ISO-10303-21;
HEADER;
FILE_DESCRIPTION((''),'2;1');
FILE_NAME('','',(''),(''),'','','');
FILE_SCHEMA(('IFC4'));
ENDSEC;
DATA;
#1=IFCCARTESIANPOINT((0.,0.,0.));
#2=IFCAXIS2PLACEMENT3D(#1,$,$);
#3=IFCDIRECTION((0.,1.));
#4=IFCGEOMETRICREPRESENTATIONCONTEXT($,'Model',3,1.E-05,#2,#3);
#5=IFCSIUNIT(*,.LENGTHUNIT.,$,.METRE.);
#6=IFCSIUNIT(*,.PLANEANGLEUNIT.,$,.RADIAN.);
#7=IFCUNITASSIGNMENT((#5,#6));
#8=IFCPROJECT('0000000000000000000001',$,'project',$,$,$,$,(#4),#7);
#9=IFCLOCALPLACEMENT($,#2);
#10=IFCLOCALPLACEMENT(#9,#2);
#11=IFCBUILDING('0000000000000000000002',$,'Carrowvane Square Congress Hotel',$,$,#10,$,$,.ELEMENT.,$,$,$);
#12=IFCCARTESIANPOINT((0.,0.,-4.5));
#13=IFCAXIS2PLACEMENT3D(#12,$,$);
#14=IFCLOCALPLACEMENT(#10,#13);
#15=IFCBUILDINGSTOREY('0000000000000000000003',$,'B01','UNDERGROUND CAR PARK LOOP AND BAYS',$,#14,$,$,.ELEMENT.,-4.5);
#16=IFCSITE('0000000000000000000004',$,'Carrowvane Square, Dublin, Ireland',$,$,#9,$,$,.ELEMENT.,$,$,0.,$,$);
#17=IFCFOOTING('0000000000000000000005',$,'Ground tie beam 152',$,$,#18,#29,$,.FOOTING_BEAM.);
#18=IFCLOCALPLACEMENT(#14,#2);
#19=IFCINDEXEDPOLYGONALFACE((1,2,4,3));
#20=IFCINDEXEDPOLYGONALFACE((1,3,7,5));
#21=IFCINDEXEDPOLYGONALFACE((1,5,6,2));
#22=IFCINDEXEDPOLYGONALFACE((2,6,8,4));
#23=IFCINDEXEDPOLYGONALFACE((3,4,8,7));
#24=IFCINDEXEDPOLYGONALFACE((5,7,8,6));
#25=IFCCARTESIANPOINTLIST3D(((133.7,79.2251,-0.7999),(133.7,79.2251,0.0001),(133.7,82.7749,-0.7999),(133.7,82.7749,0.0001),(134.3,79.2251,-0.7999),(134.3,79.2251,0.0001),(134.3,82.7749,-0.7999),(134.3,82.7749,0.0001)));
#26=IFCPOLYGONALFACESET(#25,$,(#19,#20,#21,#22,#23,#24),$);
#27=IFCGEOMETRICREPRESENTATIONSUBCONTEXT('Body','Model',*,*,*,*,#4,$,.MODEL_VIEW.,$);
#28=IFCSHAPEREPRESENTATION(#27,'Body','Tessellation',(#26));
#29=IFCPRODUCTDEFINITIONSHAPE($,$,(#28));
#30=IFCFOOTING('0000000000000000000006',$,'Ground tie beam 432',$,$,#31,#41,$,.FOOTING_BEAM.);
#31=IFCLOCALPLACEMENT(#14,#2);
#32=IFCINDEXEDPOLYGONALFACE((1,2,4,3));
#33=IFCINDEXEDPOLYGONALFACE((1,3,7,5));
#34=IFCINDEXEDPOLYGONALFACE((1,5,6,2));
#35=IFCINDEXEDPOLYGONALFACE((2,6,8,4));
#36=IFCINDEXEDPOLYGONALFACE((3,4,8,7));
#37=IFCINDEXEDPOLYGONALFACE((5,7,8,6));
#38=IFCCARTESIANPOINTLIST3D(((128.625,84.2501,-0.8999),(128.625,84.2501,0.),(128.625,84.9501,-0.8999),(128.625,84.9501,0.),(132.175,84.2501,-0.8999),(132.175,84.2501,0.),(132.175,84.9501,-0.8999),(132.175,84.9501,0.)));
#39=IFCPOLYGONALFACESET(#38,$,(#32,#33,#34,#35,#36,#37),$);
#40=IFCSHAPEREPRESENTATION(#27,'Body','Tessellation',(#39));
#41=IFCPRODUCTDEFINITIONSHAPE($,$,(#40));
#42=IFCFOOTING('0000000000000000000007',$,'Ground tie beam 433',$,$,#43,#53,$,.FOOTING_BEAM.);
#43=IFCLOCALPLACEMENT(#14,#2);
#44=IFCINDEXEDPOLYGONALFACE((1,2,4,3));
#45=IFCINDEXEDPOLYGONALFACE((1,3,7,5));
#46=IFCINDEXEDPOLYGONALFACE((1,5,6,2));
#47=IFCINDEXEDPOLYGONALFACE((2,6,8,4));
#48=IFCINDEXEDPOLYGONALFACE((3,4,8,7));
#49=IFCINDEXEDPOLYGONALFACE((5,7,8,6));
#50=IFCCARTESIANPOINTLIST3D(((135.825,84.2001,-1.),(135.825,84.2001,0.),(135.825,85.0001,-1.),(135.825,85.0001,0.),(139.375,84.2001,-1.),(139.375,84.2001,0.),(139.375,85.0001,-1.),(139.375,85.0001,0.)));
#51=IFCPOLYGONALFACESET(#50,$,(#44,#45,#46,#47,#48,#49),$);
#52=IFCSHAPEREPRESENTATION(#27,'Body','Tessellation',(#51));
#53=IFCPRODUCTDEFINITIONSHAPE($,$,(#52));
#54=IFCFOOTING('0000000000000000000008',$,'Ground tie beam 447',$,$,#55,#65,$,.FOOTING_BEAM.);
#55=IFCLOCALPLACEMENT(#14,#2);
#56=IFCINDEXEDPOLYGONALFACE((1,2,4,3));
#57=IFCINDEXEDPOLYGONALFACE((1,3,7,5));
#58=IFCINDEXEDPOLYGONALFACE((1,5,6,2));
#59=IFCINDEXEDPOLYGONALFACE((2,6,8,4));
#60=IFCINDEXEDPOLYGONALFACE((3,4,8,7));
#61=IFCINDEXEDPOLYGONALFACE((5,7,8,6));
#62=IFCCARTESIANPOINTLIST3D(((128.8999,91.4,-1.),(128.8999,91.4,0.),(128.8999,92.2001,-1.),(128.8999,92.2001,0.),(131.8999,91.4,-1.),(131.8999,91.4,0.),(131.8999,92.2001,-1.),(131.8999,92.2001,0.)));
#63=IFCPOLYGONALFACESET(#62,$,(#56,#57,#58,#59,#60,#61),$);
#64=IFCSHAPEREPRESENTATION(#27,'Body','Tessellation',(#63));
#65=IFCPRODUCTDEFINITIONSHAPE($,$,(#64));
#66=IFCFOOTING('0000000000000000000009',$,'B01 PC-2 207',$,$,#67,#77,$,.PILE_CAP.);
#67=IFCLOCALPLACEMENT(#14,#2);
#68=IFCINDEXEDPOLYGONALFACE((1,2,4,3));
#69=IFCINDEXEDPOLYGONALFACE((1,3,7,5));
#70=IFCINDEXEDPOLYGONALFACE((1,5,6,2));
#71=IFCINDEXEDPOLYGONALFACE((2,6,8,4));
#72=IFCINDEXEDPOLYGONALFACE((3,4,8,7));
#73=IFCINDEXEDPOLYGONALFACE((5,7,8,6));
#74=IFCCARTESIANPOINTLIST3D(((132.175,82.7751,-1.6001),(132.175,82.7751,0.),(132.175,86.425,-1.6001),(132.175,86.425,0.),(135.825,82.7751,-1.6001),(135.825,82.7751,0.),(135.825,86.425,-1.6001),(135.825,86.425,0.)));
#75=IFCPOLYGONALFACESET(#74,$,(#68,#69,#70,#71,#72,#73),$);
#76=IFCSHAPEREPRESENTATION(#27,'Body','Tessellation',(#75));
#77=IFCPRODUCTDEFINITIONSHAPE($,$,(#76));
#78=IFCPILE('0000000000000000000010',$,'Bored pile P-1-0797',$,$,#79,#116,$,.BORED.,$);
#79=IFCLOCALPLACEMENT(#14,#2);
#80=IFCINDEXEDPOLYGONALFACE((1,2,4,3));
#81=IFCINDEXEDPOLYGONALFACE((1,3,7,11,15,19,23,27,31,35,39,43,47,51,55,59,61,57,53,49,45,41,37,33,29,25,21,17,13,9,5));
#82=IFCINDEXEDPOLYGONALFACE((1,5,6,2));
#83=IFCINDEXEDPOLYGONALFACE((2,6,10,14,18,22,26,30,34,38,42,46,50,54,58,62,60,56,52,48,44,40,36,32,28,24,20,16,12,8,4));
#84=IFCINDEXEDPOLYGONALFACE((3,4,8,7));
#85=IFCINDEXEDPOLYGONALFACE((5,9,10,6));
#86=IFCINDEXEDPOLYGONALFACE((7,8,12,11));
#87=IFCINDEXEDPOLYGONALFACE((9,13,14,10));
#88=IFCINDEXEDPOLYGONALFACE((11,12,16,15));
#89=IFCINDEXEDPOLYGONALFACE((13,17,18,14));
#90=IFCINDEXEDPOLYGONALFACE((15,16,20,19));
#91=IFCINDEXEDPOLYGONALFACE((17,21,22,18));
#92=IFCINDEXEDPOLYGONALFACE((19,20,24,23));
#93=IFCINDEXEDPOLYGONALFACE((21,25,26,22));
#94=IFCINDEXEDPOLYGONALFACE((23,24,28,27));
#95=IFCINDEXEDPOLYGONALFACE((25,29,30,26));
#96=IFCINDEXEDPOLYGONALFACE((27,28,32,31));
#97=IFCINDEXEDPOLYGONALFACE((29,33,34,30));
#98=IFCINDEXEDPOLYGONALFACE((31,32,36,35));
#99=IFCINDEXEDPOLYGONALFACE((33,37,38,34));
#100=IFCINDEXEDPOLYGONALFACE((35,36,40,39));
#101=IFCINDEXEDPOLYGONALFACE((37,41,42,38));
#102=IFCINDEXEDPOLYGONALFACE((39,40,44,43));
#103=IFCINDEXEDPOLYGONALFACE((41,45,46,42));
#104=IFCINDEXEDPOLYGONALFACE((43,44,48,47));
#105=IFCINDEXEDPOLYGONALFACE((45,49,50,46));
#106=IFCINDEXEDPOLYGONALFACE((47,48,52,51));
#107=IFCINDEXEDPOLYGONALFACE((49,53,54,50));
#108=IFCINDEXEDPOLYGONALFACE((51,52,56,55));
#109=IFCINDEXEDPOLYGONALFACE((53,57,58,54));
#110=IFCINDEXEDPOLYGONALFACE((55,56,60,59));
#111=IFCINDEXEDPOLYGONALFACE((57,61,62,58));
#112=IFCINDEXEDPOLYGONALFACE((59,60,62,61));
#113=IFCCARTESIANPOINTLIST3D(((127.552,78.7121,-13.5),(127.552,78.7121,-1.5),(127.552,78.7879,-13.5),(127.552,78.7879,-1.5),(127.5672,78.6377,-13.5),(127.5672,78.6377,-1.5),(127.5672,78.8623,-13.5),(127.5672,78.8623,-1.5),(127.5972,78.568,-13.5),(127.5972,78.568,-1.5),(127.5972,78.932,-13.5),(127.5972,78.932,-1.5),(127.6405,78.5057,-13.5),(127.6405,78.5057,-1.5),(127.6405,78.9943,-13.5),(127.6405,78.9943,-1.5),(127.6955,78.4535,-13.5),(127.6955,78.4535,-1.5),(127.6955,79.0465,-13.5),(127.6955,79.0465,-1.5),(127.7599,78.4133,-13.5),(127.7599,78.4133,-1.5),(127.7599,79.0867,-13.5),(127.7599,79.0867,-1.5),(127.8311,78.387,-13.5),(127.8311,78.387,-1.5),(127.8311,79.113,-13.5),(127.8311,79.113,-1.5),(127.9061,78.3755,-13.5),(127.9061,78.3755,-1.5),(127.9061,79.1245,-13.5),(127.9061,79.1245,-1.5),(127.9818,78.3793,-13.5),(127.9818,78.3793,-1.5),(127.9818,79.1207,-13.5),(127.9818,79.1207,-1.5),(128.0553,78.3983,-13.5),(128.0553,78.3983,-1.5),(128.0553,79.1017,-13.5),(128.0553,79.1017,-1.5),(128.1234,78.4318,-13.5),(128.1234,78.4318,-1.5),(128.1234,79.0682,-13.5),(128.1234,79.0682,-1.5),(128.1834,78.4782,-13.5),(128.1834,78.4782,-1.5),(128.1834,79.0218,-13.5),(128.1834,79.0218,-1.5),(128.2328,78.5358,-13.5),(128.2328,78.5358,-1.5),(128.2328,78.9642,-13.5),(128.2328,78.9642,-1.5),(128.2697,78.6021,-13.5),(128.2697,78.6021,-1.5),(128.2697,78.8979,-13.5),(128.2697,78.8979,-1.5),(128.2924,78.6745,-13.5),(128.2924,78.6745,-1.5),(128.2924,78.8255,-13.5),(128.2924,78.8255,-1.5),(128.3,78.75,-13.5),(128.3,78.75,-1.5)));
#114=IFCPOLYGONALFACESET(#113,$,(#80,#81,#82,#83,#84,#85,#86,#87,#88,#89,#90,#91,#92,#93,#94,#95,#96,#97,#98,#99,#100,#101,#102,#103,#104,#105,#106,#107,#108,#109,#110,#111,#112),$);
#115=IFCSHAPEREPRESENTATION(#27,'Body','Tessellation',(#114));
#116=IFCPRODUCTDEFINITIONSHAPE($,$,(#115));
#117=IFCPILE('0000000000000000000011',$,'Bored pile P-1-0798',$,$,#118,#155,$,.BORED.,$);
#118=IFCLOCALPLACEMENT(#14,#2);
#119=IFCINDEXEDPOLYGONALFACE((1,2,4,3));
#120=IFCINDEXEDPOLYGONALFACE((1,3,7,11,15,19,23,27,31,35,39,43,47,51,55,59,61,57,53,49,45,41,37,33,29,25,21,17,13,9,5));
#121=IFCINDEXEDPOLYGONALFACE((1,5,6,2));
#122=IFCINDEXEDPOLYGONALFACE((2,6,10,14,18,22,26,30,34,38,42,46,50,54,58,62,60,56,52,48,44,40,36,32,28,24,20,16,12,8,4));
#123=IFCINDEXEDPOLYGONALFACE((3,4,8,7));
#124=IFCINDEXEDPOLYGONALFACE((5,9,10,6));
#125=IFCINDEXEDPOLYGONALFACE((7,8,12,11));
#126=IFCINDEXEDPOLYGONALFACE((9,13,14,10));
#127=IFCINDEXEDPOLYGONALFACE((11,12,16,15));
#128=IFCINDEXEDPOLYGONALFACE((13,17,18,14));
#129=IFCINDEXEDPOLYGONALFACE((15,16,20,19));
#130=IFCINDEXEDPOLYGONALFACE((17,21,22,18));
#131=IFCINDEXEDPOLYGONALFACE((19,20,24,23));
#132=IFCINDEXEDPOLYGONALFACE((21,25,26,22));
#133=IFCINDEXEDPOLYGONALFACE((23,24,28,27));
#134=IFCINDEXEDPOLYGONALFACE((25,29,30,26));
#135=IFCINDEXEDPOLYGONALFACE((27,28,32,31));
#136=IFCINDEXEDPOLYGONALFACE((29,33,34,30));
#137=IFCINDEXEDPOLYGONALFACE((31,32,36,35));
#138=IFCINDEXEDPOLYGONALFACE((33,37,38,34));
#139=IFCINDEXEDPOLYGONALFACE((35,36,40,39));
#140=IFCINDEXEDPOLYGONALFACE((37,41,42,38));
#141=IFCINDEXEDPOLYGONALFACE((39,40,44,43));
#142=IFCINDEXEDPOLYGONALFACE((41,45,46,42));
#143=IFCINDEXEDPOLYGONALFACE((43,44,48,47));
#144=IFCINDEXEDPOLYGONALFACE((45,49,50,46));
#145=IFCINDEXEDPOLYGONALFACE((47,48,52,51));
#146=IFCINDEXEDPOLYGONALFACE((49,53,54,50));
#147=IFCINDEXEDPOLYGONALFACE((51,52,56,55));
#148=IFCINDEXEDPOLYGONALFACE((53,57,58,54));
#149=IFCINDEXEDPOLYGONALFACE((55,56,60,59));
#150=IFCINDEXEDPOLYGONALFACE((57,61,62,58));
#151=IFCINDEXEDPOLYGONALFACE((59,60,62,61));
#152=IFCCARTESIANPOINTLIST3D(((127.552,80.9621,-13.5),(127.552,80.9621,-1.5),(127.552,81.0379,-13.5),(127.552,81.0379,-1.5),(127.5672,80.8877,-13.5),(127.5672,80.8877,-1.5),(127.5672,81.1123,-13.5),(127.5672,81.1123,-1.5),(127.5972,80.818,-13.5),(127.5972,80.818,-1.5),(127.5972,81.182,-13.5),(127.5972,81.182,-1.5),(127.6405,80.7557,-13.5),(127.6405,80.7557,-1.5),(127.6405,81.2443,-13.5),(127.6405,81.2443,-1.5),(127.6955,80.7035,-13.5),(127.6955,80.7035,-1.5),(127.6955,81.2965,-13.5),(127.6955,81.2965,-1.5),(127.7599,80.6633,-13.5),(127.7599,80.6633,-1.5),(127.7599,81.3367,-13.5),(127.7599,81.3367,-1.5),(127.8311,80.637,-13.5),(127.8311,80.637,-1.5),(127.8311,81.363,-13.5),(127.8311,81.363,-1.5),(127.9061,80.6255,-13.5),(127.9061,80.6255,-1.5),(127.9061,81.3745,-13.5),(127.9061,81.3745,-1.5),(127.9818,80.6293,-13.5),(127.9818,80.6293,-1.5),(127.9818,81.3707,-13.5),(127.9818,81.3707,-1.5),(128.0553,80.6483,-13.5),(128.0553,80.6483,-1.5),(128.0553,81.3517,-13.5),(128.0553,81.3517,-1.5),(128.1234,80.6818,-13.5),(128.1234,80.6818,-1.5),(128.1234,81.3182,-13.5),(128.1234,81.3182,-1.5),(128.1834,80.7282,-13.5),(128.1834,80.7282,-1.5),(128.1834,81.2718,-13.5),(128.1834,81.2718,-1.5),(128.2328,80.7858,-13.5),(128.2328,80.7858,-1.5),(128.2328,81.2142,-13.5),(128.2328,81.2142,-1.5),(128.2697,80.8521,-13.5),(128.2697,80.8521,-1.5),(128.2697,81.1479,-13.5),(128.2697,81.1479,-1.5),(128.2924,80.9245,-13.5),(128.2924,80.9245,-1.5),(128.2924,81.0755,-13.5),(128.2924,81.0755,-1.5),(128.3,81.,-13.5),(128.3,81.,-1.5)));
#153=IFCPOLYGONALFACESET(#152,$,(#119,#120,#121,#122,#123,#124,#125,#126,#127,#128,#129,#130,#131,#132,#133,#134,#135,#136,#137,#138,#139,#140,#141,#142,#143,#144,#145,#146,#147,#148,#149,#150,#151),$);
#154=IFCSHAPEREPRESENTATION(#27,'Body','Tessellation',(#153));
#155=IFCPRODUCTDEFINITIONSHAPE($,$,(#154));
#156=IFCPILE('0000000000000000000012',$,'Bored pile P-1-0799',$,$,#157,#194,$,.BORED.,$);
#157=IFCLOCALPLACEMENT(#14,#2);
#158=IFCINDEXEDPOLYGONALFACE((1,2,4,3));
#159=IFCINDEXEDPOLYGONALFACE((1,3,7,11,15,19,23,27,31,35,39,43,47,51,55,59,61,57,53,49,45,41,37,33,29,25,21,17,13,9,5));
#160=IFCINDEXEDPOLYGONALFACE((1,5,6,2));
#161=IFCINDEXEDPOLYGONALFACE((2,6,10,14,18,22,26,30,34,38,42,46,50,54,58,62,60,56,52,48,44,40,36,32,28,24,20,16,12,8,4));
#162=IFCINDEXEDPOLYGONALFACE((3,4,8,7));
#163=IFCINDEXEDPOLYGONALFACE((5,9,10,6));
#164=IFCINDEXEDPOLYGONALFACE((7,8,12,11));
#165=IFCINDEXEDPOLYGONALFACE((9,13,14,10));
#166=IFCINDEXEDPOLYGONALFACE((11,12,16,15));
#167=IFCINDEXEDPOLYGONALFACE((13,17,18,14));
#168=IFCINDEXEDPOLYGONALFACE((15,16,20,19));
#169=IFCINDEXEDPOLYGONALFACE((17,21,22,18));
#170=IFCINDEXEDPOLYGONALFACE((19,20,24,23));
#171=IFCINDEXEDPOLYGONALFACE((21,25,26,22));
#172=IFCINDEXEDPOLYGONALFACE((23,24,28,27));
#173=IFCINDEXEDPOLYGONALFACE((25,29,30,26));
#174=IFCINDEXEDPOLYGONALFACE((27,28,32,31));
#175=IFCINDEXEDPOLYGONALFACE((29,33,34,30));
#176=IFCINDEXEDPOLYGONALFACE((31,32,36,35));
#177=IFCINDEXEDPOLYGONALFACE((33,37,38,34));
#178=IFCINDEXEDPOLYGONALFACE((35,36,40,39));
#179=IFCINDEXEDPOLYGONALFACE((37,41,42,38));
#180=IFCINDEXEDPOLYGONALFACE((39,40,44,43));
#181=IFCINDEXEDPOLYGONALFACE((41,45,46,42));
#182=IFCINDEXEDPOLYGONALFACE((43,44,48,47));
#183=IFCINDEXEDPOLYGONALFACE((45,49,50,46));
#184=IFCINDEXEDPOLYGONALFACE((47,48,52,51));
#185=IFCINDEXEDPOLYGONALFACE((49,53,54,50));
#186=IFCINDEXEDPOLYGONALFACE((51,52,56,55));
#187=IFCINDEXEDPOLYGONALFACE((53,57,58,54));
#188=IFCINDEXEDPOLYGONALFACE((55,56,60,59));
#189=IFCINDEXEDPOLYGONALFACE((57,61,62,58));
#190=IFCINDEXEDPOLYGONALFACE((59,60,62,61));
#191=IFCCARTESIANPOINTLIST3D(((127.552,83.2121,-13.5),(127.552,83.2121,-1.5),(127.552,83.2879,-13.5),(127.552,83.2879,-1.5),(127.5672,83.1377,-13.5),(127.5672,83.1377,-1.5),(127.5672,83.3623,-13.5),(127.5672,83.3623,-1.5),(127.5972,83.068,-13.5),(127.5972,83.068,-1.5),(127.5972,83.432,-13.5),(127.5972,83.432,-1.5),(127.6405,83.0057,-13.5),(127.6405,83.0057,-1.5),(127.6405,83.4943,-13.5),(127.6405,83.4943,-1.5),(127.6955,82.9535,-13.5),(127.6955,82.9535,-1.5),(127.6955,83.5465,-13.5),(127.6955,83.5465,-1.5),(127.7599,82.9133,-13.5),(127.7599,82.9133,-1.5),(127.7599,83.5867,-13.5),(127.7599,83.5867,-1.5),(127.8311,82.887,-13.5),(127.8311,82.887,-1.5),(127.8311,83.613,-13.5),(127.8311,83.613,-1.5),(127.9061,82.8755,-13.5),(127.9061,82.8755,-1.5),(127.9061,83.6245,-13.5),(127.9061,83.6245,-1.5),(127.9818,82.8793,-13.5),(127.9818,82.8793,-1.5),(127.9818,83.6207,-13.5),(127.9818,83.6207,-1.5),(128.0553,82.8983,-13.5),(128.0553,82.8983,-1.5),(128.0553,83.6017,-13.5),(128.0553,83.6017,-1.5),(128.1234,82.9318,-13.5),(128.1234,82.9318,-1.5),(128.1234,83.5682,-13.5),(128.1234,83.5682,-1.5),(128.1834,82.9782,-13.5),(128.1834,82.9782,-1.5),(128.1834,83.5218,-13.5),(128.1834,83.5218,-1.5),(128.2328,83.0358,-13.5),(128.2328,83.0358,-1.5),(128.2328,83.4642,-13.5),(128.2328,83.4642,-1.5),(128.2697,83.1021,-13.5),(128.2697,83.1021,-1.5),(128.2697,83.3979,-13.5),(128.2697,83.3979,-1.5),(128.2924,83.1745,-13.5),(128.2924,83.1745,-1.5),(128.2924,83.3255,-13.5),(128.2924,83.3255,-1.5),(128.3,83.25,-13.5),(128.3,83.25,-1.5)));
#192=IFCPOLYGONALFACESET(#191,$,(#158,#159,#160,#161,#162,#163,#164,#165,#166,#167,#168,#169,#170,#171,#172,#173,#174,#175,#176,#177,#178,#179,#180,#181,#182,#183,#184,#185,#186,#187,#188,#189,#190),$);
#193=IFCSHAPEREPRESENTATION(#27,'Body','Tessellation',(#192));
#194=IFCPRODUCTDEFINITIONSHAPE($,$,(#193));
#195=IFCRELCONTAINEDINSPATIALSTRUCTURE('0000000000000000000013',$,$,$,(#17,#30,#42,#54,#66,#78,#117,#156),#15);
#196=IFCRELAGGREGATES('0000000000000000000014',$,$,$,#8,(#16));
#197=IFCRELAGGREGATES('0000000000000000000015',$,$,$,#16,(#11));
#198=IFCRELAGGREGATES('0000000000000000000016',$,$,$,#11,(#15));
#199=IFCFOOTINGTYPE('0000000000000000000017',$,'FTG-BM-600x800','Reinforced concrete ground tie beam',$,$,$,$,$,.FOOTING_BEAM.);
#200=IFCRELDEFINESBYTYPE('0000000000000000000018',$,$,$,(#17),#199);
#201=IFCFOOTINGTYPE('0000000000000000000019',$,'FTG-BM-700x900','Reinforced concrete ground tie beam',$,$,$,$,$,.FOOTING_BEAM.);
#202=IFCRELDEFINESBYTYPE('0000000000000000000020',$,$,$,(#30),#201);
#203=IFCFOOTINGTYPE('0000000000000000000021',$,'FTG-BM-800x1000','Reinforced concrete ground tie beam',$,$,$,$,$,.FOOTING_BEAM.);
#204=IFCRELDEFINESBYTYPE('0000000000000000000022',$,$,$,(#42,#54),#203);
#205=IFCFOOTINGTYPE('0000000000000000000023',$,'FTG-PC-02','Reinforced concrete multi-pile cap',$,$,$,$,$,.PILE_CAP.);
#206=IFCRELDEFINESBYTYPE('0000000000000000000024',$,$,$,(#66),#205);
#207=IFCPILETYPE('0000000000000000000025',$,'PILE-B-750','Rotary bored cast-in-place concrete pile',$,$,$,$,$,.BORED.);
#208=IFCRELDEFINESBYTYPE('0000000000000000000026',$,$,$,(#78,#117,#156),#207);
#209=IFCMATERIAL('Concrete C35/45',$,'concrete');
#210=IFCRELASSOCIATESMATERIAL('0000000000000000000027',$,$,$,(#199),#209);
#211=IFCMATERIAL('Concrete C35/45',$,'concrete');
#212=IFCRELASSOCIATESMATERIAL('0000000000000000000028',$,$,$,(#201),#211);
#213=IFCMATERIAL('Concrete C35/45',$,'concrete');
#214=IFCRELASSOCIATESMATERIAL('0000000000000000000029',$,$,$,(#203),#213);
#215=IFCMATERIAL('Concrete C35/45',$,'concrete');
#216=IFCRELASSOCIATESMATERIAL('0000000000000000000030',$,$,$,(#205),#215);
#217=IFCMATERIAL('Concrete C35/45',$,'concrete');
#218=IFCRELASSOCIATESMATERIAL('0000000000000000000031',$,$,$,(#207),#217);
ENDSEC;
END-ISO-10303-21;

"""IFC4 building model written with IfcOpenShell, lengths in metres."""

from ifc_helpers import new_model, si_unit, direction, frame, origin, origin_2d, place, context, subcontext, project, spatial, rectangle, circle, extrude, material, material_profile, profile_set, type_object, element, save


model = new_model("IFC4")

# Units and contexts
model_context = context("Model", 3, precision=1e-05, world=origin(), true_north=direction((0.0, 1.0)))
body_context = subcontext(model_context, "Body", "Model", "MODEL_VIEW")
ifc_project = project(units=[si_unit("LENGTHUNIT", "METRE"), si_unit("PLANEANGLEUNIT", "RADIAN")], contexts=[model_context])

# Site, building, storey
site_placement = place(None, origin())
site = spatial("IfcSite", under=ifc_project, at=site_placement, Name="Carrowvane Square, Dublin, Ireland", CompositionType="ELEMENT", RefElevation=0.0)
building_placement = place(site_placement, origin())
building = spatial("IfcBuilding", under=site, at=building_placement, Name="Carrowvane Square Congress Hotel", CompositionType="ELEMENT")
storey_placement = place(building_placement, frame((0.0, 0.0, -4.5)))
storey = spatial("IfcBuildingStorey", under=building, at=storey_placement, Name="B01", Description="UNDERGROUND CAR PARK LOOP AND BAYS", CompositionType="ELEMENT", Elevation=-4.5)

# Footings
ifc_material_1 = material(Name="Concrete C35/45", Category="concrete")
ifc_material_profile_1 = material_profile(ifc_material_1, rectangle(XDim=0.6001, YDim=0.8, at=origin_2d()), Name="RC 600x800")
ifc_profile_set_1 = profile_set([ifc_material_profile_1], Name="Concrete C35/45")
footing_type_1 = type_object("IfcFootingType", Name="FTG-BM-600x800", Description="Reinforced concrete ground tie beam", PredefinedType="FOOTING_BEAM", material=ifc_profile_set_1)
footing_1_placement = place(storey_placement, frame((134.0, 79.2251, -0.3999), z_axis=(0.0, 1.0, 0.0), x_axis=(-1.0, 0.0, 0.0)))
element("IfcFooting", 1, at=footing_1_placement, inside=storey, type_object=footing_type_1, Name="Ground tie beam 152", PredefinedType="FOOTING_BEAM", context=body_context, shape_type="SweptSolid", body=[
    extrude(rectangle(XDim=0.6001, YDim=0.8, at=origin_2d()), origin(), (0.0, 0.0, 1.0), 3.5498),
])
ifc_material_2 = material(Name="Concrete C35/45", Category="concrete")
ifc_material_profile_2 = material_profile(ifc_material_2, rectangle(XDim=0.7, YDim=0.8999, at=origin_2d()), Name="RC 700x900")
ifc_profile_set_2 = profile_set([ifc_material_profile_2], Name="Concrete C35/45")
footing_type_2 = type_object("IfcFootingType", Name="FTG-BM-700x900", Description="Reinforced concrete ground tie beam", PredefinedType="FOOTING_BEAM", material=ifc_profile_set_2)
footing_2_placement = place(storey_placement, frame((128.625, 84.6001, -0.45), z_axis=(1.0, 0.0, 0.0), x_axis=(0.0, 1.0, 0.0)))
element("IfcFooting", 2, at=footing_2_placement, inside=storey, type_object=footing_type_2, Name="Ground tie beam 432", PredefinedType="FOOTING_BEAM", context=body_context, shape_type="SweptSolid", body=[
    extrude(rectangle(XDim=0.7, YDim=0.8999, at=origin_2d()), origin(), (0.0, 0.0, 1.0), 3.55),
])
ifc_material_3 = material(Name="Concrete C35/45", Category="concrete")
ifc_material_profile_3 = material_profile(ifc_material_3, rectangle(XDim=0.8, YDim=1.0, at=origin_2d()), Name="RC 800x1000")
ifc_profile_set_3 = profile_set([ifc_material_profile_3], Name="Concrete C35/45")
footing_type_3 = type_object("IfcFootingType", Name="FTG-BM-800x1000", Description="Reinforced concrete ground tie beam", PredefinedType="FOOTING_BEAM", material=ifc_profile_set_3)
footing_3_placement = place(storey_placement, frame((135.825, 84.6001, -0.5), z_axis=(1.0, 0.0, 0.0), x_axis=(0.0, 1.0, 0.0)))
element("IfcFooting", 3, at=footing_3_placement, inside=storey, type_object=footing_type_3, Name="Ground tie beam 433", PredefinedType="FOOTING_BEAM", context=body_context, shape_type="SweptSolid", body=[
    extrude(rectangle(XDim=0.8, YDim=1.0, at=origin_2d()), origin(), (0.0, 0.0, 1.0), 3.55),
])
footing_4_placement = place(storey_placement, frame((128.8999, 91.8, -0.5), z_axis=(1.0, 0.0, 0.0), x_axis=(0.0, 1.0, 0.0)))
element("IfcFooting", 4, at=footing_4_placement, inside=storey, type_object=footing_type_3, Name="Ground tie beam 447", PredefinedType="FOOTING_BEAM", context=body_context, shape_type="SweptSolid", body=[
    extrude(rectangle(XDim=0.8, YDim=1.0, at=origin_2d()), origin(), (0.0, 0.0, 1.0), 3.0),
])
ifc_material_4 = material(Name="Concrete C35/45", Category="concrete")
footing_type_4 = type_object("IfcFootingType", Name="FTG-PC-02", Description="Reinforced concrete multi-pile cap", PredefinedType="PILE_CAP", material=ifc_material_4)
footing_5_placement = place(storey_placement, frame((134.0, 84.6001, -1.6001), z_axis=(0.0, 0.0, 1.0), x_axis=(1.0, 0.0, 0.0)))
element("IfcFooting", 5, at=footing_5_placement, inside=storey, type_object=footing_type_4, Name="B01 PC-2 207", PredefinedType="PILE_CAP", context=body_context, shape_type="SweptSolid", body=[
    extrude(rectangle(XDim=3.6499, YDim=3.6499, at=origin_2d()), origin(), (0.0, 0.0, 1.0), 1.6001),
])

# Piles
ifc_material_5 = material(Name="Concrete C35/45", Category="concrete")
ifc_material_profile_4 = material_profile(ifc_material_5, circle(Radius=0.375, at=origin_2d()), Name="PILE D750")
ifc_profile_set_4 = profile_set([ifc_material_profile_4], Name="Concrete C35/45")
pile_type_1 = type_object("IfcPileType", Name="PILE-B-750", Description="Rotary bored cast-in-place concrete pile", PredefinedType="BORED", material=ifc_profile_set_4)
for number, where, z_axis, x_axis, name in (
    (6, (127.925, 78.75, -1.5), (0.0, 0.0, -1.0), (1.0, 0.0, 0.0), "Bored pile P-1-0797"),
    (7, (127.925, 81.0, -1.5), (0.0, 0.0, -1.0), (1.0, 0.0, 0.0), "Bored pile P-1-0798"),
    (8, (127.925, 83.25, -1.5), (0.0, 0.0, -1.0), (1.0, 0.0, 0.0), "Bored pile P-1-0799"),
):
    element("IfcPile", number, at=place(storey_placement, frame(where, z_axis=z_axis, x_axis=x_axis)), inside=storey, type_object=pile_type_1, Name=name, PredefinedType="BORED", context=body_context, shape_type="SweptSolid", body=[
        extrude(circle(Radius=0.375, at=origin_2d()), origin(), (0.0, 0.0, 1.0), 12.0),
    ])

save(model, "model.ifc")
